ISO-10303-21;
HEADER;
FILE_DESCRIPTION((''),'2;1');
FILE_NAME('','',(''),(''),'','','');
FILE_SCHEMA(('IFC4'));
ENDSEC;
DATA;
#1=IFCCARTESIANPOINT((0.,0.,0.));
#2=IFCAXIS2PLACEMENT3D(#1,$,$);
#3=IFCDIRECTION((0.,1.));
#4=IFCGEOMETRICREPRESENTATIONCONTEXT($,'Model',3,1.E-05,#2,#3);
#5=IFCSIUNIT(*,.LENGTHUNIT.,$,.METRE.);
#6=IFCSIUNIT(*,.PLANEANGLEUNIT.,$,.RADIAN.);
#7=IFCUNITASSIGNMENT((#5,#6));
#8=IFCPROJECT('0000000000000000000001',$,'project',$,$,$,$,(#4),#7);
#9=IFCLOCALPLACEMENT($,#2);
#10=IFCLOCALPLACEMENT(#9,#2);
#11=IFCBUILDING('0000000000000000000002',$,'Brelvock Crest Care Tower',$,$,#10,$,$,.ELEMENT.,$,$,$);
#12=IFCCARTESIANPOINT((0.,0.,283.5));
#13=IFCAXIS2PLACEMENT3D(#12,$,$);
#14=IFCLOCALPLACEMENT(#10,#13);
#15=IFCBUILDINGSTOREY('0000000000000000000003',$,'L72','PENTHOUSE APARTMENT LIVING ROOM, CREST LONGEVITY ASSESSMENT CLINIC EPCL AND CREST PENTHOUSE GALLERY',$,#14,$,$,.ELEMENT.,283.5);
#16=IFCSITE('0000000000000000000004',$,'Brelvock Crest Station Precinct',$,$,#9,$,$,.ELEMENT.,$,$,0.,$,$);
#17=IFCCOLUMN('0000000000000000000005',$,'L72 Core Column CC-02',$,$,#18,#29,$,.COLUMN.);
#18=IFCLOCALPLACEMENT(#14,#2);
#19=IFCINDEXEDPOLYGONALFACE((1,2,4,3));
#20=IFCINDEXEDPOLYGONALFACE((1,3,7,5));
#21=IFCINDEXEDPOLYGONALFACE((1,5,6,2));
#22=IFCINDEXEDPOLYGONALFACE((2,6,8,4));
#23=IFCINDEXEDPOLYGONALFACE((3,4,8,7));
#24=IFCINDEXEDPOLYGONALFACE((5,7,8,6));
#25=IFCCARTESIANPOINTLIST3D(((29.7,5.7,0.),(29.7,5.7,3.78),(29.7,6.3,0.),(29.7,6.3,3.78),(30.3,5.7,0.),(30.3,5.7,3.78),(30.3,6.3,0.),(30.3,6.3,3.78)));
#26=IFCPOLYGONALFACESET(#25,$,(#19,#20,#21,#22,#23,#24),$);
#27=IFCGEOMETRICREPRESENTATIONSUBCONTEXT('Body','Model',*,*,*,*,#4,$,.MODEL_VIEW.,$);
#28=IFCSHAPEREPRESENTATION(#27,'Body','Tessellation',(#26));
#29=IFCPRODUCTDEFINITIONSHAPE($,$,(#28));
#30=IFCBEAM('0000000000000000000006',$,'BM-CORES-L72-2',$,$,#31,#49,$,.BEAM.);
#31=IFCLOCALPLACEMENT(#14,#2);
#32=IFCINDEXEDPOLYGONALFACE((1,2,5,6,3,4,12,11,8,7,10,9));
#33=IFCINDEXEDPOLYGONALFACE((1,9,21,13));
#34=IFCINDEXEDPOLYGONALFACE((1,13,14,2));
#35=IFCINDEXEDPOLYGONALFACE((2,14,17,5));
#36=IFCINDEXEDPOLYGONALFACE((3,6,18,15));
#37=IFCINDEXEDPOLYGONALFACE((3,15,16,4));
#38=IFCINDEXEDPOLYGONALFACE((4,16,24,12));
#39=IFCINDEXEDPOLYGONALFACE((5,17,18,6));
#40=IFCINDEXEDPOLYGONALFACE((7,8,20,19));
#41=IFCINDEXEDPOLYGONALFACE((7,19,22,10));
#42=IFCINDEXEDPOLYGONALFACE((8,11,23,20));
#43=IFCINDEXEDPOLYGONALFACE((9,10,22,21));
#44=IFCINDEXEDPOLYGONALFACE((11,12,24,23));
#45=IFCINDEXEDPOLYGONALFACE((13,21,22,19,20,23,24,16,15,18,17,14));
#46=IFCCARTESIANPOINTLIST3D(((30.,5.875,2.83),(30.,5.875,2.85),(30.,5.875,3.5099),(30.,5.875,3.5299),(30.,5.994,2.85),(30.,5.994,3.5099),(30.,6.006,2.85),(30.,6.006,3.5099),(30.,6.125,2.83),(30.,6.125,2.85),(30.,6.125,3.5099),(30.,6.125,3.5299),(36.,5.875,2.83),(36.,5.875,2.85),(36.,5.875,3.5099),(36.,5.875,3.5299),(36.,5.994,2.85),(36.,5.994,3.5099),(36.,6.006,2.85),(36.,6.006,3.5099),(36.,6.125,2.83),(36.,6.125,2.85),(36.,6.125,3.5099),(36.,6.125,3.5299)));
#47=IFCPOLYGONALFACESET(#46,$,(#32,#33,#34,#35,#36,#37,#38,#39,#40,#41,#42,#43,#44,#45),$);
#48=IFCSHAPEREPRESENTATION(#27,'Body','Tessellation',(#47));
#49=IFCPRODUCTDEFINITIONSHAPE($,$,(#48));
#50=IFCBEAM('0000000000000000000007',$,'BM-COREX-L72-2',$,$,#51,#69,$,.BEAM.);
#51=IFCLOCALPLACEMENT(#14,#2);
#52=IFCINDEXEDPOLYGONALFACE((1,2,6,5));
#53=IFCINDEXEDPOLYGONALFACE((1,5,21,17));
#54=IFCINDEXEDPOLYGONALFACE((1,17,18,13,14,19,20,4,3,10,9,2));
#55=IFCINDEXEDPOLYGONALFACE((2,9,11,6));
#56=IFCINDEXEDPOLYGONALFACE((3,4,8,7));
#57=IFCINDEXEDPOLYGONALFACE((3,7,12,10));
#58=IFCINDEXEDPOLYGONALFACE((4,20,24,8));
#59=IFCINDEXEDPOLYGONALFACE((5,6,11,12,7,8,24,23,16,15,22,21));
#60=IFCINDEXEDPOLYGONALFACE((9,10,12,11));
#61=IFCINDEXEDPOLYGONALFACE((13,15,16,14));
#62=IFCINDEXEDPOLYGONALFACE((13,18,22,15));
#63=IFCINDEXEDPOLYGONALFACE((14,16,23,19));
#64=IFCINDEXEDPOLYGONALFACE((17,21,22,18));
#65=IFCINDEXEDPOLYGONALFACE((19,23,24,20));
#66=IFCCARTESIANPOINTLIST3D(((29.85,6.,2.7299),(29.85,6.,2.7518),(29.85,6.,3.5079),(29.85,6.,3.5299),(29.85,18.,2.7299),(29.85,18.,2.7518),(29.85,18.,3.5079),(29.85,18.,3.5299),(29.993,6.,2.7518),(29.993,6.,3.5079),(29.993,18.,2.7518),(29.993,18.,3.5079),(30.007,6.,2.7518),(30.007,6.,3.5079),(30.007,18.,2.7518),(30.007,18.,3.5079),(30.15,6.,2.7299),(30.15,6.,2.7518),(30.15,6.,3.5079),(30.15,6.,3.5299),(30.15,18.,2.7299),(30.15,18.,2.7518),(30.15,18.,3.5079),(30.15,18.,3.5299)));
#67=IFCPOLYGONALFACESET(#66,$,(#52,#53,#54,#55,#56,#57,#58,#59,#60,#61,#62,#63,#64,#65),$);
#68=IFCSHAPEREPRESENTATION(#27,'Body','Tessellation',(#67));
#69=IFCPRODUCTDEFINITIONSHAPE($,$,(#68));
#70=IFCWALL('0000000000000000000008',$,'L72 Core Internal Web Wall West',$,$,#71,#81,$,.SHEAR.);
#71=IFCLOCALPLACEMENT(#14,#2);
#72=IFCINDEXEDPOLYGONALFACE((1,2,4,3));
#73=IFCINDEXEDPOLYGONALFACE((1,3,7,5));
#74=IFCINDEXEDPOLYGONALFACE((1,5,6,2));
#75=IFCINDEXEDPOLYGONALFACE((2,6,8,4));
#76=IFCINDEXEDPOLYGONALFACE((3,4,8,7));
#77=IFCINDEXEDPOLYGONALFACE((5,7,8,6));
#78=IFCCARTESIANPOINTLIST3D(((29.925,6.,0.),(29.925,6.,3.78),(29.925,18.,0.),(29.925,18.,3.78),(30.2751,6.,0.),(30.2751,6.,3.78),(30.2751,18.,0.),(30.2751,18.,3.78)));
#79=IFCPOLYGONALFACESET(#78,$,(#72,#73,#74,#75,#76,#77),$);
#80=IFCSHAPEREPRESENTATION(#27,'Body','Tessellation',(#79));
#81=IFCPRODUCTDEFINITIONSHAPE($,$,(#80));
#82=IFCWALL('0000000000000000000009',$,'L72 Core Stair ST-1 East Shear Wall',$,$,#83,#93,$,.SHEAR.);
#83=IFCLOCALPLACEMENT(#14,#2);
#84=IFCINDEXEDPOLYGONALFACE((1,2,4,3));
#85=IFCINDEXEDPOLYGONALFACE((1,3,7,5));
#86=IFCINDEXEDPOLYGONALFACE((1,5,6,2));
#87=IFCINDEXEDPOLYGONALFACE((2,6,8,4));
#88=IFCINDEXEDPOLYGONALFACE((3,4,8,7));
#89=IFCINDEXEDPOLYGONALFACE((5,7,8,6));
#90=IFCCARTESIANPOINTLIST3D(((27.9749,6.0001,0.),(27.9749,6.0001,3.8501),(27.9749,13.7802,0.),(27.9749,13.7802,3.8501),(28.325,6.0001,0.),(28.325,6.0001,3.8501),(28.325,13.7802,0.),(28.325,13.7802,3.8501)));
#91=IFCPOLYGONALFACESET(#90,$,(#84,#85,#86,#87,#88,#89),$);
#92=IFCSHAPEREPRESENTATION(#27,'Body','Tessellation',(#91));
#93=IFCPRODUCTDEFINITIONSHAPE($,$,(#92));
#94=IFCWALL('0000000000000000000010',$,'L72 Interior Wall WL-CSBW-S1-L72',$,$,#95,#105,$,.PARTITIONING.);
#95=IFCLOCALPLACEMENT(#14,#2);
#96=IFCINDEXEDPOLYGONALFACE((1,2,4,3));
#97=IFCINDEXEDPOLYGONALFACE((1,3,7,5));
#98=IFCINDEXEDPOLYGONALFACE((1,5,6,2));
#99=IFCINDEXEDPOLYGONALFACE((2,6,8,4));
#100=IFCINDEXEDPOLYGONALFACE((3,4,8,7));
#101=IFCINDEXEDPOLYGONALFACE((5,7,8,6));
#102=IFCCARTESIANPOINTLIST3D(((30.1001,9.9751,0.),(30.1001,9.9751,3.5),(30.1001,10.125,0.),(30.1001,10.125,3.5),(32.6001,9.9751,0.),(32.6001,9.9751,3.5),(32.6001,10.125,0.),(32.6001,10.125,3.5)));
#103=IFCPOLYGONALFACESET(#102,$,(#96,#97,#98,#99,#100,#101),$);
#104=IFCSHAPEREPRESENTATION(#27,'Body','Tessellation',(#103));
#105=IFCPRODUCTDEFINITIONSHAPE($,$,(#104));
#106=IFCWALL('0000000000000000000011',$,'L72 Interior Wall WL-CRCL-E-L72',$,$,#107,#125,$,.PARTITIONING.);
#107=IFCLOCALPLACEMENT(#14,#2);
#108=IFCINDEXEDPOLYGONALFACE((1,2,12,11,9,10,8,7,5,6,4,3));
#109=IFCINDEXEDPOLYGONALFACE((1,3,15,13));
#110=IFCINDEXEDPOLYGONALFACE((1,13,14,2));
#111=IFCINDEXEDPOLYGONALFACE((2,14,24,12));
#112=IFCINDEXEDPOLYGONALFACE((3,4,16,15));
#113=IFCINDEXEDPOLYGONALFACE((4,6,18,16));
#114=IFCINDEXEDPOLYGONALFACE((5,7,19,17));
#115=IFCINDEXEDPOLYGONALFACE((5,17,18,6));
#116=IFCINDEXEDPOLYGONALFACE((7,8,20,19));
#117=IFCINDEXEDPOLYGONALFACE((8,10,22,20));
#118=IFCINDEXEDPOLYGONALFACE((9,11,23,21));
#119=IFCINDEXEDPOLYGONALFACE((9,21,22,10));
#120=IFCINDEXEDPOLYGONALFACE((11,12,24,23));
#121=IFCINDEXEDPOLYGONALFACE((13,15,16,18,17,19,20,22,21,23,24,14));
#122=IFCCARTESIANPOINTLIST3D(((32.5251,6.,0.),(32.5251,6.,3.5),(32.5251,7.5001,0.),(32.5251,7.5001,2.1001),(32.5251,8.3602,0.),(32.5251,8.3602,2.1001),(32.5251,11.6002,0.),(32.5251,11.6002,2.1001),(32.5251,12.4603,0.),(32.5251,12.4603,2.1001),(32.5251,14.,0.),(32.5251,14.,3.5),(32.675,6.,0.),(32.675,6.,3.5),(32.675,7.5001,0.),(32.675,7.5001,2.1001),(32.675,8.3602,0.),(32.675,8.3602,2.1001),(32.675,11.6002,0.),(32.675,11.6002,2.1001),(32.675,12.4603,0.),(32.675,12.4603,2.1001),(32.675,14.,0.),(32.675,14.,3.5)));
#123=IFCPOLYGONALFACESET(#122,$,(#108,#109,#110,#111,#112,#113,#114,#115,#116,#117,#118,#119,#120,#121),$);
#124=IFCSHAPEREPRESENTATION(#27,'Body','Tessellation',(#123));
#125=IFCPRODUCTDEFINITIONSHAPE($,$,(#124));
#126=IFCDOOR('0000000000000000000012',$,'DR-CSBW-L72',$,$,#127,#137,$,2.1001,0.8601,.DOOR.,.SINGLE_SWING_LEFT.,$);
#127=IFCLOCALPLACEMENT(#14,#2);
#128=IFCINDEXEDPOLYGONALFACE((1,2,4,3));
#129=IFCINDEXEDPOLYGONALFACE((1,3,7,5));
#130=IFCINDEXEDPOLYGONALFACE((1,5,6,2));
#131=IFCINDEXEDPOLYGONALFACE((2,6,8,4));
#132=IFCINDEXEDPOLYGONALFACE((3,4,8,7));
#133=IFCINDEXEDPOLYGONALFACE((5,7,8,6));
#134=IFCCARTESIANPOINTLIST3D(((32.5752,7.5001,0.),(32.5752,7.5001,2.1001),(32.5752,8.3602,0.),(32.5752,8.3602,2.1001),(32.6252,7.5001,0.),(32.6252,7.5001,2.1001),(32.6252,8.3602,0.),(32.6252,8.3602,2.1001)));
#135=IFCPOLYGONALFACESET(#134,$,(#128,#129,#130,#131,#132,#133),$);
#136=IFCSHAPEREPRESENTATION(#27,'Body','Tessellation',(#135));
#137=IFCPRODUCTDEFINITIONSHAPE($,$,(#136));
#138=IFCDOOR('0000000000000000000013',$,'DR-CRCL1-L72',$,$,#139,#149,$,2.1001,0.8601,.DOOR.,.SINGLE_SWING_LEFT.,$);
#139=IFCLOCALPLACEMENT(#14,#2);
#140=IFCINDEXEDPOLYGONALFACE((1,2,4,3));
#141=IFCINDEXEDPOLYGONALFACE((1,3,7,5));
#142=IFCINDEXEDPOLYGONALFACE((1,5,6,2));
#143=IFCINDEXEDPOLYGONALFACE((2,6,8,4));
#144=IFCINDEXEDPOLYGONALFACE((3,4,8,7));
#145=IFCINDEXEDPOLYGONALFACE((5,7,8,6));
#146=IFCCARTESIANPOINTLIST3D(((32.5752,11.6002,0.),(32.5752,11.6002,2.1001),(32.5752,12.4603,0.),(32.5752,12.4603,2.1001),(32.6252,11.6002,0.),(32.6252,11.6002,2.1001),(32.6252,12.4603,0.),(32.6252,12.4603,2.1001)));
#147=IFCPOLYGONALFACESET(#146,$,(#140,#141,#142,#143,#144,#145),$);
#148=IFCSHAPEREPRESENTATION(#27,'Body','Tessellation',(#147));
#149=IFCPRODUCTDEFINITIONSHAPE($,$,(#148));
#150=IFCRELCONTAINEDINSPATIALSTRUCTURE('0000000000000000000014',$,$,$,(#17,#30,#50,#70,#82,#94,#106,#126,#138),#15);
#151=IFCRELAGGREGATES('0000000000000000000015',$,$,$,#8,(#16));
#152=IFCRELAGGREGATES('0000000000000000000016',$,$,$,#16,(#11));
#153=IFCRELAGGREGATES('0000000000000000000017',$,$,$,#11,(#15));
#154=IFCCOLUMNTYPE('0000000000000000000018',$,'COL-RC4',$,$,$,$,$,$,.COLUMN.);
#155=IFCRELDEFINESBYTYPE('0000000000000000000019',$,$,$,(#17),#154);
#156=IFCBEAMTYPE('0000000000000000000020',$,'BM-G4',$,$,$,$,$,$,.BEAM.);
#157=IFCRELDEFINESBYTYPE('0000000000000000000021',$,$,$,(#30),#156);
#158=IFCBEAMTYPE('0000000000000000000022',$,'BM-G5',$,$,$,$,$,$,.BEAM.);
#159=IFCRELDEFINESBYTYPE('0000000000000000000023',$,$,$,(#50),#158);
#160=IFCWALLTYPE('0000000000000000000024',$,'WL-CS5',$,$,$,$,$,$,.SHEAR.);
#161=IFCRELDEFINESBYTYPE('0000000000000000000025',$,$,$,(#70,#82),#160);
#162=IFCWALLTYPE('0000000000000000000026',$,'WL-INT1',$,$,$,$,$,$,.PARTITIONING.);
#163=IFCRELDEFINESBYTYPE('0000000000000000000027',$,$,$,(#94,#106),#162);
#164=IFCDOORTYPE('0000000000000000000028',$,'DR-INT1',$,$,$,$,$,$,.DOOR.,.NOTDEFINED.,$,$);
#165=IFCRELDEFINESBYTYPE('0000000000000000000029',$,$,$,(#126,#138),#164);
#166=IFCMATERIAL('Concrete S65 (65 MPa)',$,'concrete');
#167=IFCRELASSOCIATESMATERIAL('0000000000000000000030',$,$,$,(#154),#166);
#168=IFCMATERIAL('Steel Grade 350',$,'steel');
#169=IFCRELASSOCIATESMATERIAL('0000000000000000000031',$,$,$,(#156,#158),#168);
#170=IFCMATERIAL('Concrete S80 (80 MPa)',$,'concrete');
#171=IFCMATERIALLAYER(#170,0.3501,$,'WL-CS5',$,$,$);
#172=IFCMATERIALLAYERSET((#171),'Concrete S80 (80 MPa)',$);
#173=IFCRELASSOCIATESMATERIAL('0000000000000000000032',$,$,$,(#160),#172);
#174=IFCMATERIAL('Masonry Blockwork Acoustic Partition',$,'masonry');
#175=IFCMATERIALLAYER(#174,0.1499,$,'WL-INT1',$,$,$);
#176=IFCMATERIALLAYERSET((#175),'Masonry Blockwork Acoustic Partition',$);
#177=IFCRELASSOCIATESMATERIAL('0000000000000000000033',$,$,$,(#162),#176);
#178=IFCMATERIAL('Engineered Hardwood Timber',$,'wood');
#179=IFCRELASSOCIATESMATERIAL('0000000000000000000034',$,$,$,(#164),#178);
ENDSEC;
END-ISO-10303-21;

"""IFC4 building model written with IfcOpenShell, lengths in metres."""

from ifc_helpers import new_model, si_unit, direction, frame, frame_2d, origin, origin_2d, place, context, subcontext, project, spatial, rectangle, i_section, extrude, source, transform, mapped, material, layer, layer_set, material_profile, profile_set, type_object, element, fill, save


model = new_model("IFC4")

# Units and contexts
model_context = context("Model", 3, precision=1e-05, world=origin(), true_north=direction((0.0, 1.0)))
body_context = subcontext(model_context, "Body", "Model", "MODEL_VIEW")
ifc_project = project(units=[si_unit("LENGTHUNIT", "METRE"), si_unit("PLANEANGLEUNIT", "RADIAN")], contexts=[model_context])

# Site, building, storey
site_placement = place(None, origin())
site = spatial("IfcSite", under=ifc_project, at=site_placement, Name="Brelvock Crest Station Precinct", CompositionType="ELEMENT", RefElevation=0.0)
building_placement = place(site_placement, origin())
building = spatial("IfcBuilding", under=site, at=building_placement, Name="Brelvock Crest Care Tower", CompositionType="ELEMENT")
storey_placement = place(building_placement, frame((0.0, 0.0, 283.5)))
storey = spatial("IfcBuildingStorey", under=building, at=storey_placement, Name="L72", Description="PENTHOUSE APARTMENT LIVING ROOM, CREST LONGEVITY ASSESSMENT CLINIC EPCL AND CREST PENTHOUSE GALLERY", CompositionType="ELEMENT", Elevation=283.5)

# Column
ifc_material_1 = material(Name="Concrete S65 (65 MPa)", Category="concrete")
ifc_material_profile_1 = material_profile(ifc_material_1, rectangle(XDim=0.6001, YDim=0.6001, at=origin_2d()), Name="RC600x600")
ifc_profile_set_1 = profile_set([ifc_material_profile_1], Name="Concrete S65 (65 MPa)")
column_type = type_object("IfcColumnType", Name="COL-RC4", PredefinedType="COLUMN", material=ifc_profile_set_1)
shared_shape_1 = source(origin(), body_context, "Body", "SweptSolid", [
    extrude(rectangle(XDim=0.6001, YDim=0.6001, at=origin_2d()), origin(), (0.0, 0.0, 1.0), 3.78),
])
column_placement = place(storey_placement, frame((30.0, 6.0, 0.0), z_axis=(0.0, 0.0, 1.0), x_axis=(1.0, 0.0, 0.0)))
element("IfcColumn", 1, at=column_placement, inside=storey, type_object=column_type, Name="L72 Core Column CC-02", PredefinedType="COLUMN", context=body_context, shape_type="MappedRepresentation", body=[
    mapped(shared_shape_1, transform((0.0, 0.0, 0.0), x_axis=(1.0, 0.0, 0.0), y_axis=(0.0, 1.0, 0.0), z_axis=(0.0, 0.0, 1.0), scale=1.0)),
])

# Beams
ifc_material_2 = material(Name="Steel Grade 350", Category="steel")
ifc_material_profile_2 = material_profile(ifc_material_2, i_section(OverallWidth=0.25, OverallDepth=0.7, WebThickness=0.012, FlangeThickness=0.02, at=origin_2d()), Name="700WB150")
ifc_profile_set_2 = profile_set([ifc_material_profile_2], Name="Steel Grade 350")
beam_type_1 = type_object("IfcBeamType", Name="BM-G4", PredefinedType="BEAM", material=ifc_profile_set_2)
shared_shape_2 = source(origin(), body_context, "Body", "SweptSolid", [
    extrude(i_section(OverallWidth=0.25, OverallDepth=0.7, WebThickness=0.012, FlangeThickness=0.02, at=origin_2d()), origin(), (0.0, 0.0, 1.0), 6.0),
])
beam_1_placement = place(storey_placement, frame((30.0, 6.0, 3.1799), z_axis=(1.0, 0.0, 0.0), x_axis=(0.0, 1.0, 0.0)))
element("IfcBeam", 2, at=beam_1_placement, inside=storey, type_object=beam_type_1, Name="BM-CORES-L72-2", PredefinedType="BEAM", context=body_context, shape_type="MappedRepresentation", body=[
    mapped(shared_shape_2, transform((0.0, 0.0, 0.0), x_axis=(1.0, 0.0, 0.0), y_axis=(0.0, 1.0, 0.0), z_axis=(0.0, 0.0, 1.0), scale=1.0)),
])
ifc_material_profile_3 = material_profile(ifc_material_2, i_section(OverallWidth=0.3, OverallDepth=0.8, WebThickness=0.0139, FlangeThickness=0.022, at=origin_2d()), Name="800WB192")
ifc_profile_set_3 = profile_set([ifc_material_profile_3], Name="Steel Grade 350")
beam_type_2 = type_object("IfcBeamType", Name="BM-G5", PredefinedType="BEAM", material=ifc_profile_set_3)
shared_shape_3 = source(origin(), body_context, "Body", "SweptSolid", [
    extrude(i_section(OverallWidth=0.3, OverallDepth=0.8, WebThickness=0.0139, FlangeThickness=0.022, at=origin_2d()), origin(), (0.0, 0.0, 1.0), 12.0),
])
beam_2_placement = place(storey_placement, frame((30.0, 6.0, 3.1299), z_axis=(0.0, 1.0, 0.0), x_axis=(-1.0, 0.0, 0.0)))
element("IfcBeam", 3, at=beam_2_placement, inside=storey, type_object=beam_type_2, Name="BM-COREX-L72-2", PredefinedType="BEAM", context=body_context, shape_type="MappedRepresentation", body=[
    mapped(shared_shape_3, transform((0.0, 0.0, 0.0), x_axis=(1.0, 0.0, 0.0), y_axis=(0.0, 1.0, 0.0), z_axis=(0.0, 0.0, 1.0), scale=1.0)),
])

# Walls
ifc_material_3 = material(Name="Concrete S80 (80 MPa)", Category="concrete")
ifc_layer_1 = layer(ifc_material_3, 0.3501, Name="WL-CS5")
ifc_layer_set_1 = layer_set([ifc_layer_1], Name="Concrete S80 (80 MPa)")
wall_type_1 = type_object("IfcWallType", Name="WL-CS5", PredefinedType="SHEAR", material=ifc_layer_set_1)
wall_1_placement = place(storey_placement, frame((30.1001, 6.0, 0.0), z_axis=(0.0, 0.0, 1.0), x_axis=(0.0, 1.0, 0.0)))
element("IfcWall", 4, at=wall_1_placement, inside=storey, type_object=wall_type_1, Name="L72 Core Internal Web Wall West", PredefinedType="SHEAR", context=body_context, shape_type="SweptSolid", body=[
    extrude(rectangle(XDim=12.0, YDim=0.3501, at=frame_2d((6.0, 0.0))), origin(), (0.0, 0.0, 1.0), 3.78),
])
wall_2_placement = place(storey_placement, frame((28.1499, 6.0, 0.0), z_axis=(0.0, 0.0, 1.0), x_axis=(0.0, 1.0, 0.0)))
element("IfcWall", 5, at=wall_2_placement, inside=storey, type_object=wall_type_1, Name="L72 Core Stair ST-1 East Shear Wall", PredefinedType="SHEAR", context=body_context, shape_type="SweptSolid", body=[
    extrude(rectangle(XDim=7.78, YDim=0.3501, at=frame_2d((3.8901, 0.0))), origin(), (0.0, 0.0, 1.0), 3.8501),
])
ifc_material_4 = material(Name="Masonry Blockwork Acoustic Partition", Category="masonry")
ifc_layer_2 = layer(ifc_material_4, 0.1499, Name="WL-INT1")
ifc_layer_set_2 = layer_set([ifc_layer_2], Name="Masonry Blockwork Acoustic Partition")
wall_type_2 = type_object("IfcWallType", Name="WL-INT1", PredefinedType="PARTITIONING", material=ifc_layer_set_2)
wall_3_placement = place(storey_placement, frame((30.1001, 10.05, 0.0), z_axis=(0.0, 0.0, 1.0), x_axis=(1.0, 0.0, 0.0)))
element("IfcWall", 6, at=wall_3_placement, inside=storey, type_object=wall_type_2, Name="L72 Interior Wall WL-CSBW-S1-L72", PredefinedType="PARTITIONING", context=body_context, shape_type="SweptSolid", body=[
    extrude(rectangle(XDim=2.5, YDim=0.1499, at=frame_2d((1.25, 0.0))), origin(), (0.0, 0.0, 1.0), 3.5),
])

# Wall, openings, doors
wall_4_placement = place(storey_placement, frame((32.6001, 6.0, 0.0), z_axis=(0.0, 0.0, 1.0), x_axis=(0.0, 1.0, 0.0)))
wall_4 = element("IfcWall", 7, at=wall_4_placement, inside=storey, type_object=wall_type_2, Name="L72 Interior Wall WL-CRCL-E-L72", PredefinedType="PARTITIONING", context=body_context, shape_type="SweptSolid", body=[
    extrude(rectangle(XDim=8.0, YDim=0.1499, at=frame_2d((4.0, 0.0))), origin(), (0.0, 0.0, 1.0), 3.5),
])
opening_1_placement = place(wall_4_placement, frame((1.5, 0.0, 0.0)))
opening_1 = element("IfcOpeningElement", 8, at=opening_1_placement, cuts=wall_4, PredefinedType="OPENING", context=body_context, shape_type="SweptSolid", body=[
    extrude(rectangle(XDim=0.8601, YDim=2.1001, at=origin_2d()), frame((0.4302, 0.085, 1.05), z_axis=(0.0, -1.0, 0.0), x_axis=(1.0, 0.0, 0.0)), (0.0, 0.0, 1.0), 0.1699),
])
opening_2_placement = place(wall_4_placement, frame((5.6001, 0.0, 0.0)))
opening_2 = element("IfcOpeningElement", 9, at=opening_2_placement, cuts=wall_4, PredefinedType="OPENING", context=body_context, shape_type="SweptSolid", body=[
    extrude(rectangle(XDim=0.8601, YDim=2.1001, at=origin_2d()), frame((0.4302, 0.085, 1.05), z_axis=(0.0, -1.0, 0.0), x_axis=(1.0, 0.0, 0.0)), (0.0, 0.0, 1.0), 0.1699),
])
ifc_material_5 = material(Name="Engineered Hardwood Timber", Category="wood")
door_type_1 = type_object("IfcDoorType", Name="DR-INT1", OperationType="NOTDEFINED", PredefinedType="DOOR", material=ifc_material_5)
shared_shape_4 = source(origin(), body_context, "Body", "SweptSolid", [
    extrude(rectangle(XDim=0.8601, YDim=2.1001, at=origin_2d()), frame((0.4302, 0.0249, 1.05), z_axis=(0.0, -1.0, 0.0), x_axis=(1.0, 0.0, 0.0)), (0.0, 0.0, 1.0), 0.05),
])
door_1_placement = place(opening_1_placement, origin())
door_1 = element("IfcDoor", 10, at=door_1_placement, inside=storey, type_object=door_type_1, Name="DR-CSBW-L72", OperationType="SINGLE_SWING_LEFT", OverallHeight=2.1001, OverallWidth=0.8601, PredefinedType="DOOR", context=body_context, shape_type="MappedRepresentation", body=[
    mapped(shared_shape_4, transform((0.0, 0.0, 0.0), x_axis=(1.0, 0.0, 0.0), y_axis=(0.0, 1.0, 0.0), z_axis=(0.0, 0.0, 1.0), scale=1.0)),
])
fill(opening_1, door_1)
door_2_placement = place(opening_2_placement, origin())
door_2 = element("IfcDoor", 11, at=door_2_placement, inside=storey, type_object=door_type_1, Name="DR-CRCL1-L72", OperationType="SINGLE_SWING_LEFT", OverallHeight=2.1001, OverallWidth=0.8601, PredefinedType="DOOR", context=body_context, shape_type="MappedRepresentation", body=[
    mapped(shared_shape_4, transform((0.0, 0.0, 0.0), x_axis=(1.0, 0.0, 0.0), y_axis=(0.0, 1.0, 0.0), z_axis=(0.0, 0.0, 1.0), scale=1.0)),
])
fill(opening_2, door_2)

save(model, "model.ifc")
